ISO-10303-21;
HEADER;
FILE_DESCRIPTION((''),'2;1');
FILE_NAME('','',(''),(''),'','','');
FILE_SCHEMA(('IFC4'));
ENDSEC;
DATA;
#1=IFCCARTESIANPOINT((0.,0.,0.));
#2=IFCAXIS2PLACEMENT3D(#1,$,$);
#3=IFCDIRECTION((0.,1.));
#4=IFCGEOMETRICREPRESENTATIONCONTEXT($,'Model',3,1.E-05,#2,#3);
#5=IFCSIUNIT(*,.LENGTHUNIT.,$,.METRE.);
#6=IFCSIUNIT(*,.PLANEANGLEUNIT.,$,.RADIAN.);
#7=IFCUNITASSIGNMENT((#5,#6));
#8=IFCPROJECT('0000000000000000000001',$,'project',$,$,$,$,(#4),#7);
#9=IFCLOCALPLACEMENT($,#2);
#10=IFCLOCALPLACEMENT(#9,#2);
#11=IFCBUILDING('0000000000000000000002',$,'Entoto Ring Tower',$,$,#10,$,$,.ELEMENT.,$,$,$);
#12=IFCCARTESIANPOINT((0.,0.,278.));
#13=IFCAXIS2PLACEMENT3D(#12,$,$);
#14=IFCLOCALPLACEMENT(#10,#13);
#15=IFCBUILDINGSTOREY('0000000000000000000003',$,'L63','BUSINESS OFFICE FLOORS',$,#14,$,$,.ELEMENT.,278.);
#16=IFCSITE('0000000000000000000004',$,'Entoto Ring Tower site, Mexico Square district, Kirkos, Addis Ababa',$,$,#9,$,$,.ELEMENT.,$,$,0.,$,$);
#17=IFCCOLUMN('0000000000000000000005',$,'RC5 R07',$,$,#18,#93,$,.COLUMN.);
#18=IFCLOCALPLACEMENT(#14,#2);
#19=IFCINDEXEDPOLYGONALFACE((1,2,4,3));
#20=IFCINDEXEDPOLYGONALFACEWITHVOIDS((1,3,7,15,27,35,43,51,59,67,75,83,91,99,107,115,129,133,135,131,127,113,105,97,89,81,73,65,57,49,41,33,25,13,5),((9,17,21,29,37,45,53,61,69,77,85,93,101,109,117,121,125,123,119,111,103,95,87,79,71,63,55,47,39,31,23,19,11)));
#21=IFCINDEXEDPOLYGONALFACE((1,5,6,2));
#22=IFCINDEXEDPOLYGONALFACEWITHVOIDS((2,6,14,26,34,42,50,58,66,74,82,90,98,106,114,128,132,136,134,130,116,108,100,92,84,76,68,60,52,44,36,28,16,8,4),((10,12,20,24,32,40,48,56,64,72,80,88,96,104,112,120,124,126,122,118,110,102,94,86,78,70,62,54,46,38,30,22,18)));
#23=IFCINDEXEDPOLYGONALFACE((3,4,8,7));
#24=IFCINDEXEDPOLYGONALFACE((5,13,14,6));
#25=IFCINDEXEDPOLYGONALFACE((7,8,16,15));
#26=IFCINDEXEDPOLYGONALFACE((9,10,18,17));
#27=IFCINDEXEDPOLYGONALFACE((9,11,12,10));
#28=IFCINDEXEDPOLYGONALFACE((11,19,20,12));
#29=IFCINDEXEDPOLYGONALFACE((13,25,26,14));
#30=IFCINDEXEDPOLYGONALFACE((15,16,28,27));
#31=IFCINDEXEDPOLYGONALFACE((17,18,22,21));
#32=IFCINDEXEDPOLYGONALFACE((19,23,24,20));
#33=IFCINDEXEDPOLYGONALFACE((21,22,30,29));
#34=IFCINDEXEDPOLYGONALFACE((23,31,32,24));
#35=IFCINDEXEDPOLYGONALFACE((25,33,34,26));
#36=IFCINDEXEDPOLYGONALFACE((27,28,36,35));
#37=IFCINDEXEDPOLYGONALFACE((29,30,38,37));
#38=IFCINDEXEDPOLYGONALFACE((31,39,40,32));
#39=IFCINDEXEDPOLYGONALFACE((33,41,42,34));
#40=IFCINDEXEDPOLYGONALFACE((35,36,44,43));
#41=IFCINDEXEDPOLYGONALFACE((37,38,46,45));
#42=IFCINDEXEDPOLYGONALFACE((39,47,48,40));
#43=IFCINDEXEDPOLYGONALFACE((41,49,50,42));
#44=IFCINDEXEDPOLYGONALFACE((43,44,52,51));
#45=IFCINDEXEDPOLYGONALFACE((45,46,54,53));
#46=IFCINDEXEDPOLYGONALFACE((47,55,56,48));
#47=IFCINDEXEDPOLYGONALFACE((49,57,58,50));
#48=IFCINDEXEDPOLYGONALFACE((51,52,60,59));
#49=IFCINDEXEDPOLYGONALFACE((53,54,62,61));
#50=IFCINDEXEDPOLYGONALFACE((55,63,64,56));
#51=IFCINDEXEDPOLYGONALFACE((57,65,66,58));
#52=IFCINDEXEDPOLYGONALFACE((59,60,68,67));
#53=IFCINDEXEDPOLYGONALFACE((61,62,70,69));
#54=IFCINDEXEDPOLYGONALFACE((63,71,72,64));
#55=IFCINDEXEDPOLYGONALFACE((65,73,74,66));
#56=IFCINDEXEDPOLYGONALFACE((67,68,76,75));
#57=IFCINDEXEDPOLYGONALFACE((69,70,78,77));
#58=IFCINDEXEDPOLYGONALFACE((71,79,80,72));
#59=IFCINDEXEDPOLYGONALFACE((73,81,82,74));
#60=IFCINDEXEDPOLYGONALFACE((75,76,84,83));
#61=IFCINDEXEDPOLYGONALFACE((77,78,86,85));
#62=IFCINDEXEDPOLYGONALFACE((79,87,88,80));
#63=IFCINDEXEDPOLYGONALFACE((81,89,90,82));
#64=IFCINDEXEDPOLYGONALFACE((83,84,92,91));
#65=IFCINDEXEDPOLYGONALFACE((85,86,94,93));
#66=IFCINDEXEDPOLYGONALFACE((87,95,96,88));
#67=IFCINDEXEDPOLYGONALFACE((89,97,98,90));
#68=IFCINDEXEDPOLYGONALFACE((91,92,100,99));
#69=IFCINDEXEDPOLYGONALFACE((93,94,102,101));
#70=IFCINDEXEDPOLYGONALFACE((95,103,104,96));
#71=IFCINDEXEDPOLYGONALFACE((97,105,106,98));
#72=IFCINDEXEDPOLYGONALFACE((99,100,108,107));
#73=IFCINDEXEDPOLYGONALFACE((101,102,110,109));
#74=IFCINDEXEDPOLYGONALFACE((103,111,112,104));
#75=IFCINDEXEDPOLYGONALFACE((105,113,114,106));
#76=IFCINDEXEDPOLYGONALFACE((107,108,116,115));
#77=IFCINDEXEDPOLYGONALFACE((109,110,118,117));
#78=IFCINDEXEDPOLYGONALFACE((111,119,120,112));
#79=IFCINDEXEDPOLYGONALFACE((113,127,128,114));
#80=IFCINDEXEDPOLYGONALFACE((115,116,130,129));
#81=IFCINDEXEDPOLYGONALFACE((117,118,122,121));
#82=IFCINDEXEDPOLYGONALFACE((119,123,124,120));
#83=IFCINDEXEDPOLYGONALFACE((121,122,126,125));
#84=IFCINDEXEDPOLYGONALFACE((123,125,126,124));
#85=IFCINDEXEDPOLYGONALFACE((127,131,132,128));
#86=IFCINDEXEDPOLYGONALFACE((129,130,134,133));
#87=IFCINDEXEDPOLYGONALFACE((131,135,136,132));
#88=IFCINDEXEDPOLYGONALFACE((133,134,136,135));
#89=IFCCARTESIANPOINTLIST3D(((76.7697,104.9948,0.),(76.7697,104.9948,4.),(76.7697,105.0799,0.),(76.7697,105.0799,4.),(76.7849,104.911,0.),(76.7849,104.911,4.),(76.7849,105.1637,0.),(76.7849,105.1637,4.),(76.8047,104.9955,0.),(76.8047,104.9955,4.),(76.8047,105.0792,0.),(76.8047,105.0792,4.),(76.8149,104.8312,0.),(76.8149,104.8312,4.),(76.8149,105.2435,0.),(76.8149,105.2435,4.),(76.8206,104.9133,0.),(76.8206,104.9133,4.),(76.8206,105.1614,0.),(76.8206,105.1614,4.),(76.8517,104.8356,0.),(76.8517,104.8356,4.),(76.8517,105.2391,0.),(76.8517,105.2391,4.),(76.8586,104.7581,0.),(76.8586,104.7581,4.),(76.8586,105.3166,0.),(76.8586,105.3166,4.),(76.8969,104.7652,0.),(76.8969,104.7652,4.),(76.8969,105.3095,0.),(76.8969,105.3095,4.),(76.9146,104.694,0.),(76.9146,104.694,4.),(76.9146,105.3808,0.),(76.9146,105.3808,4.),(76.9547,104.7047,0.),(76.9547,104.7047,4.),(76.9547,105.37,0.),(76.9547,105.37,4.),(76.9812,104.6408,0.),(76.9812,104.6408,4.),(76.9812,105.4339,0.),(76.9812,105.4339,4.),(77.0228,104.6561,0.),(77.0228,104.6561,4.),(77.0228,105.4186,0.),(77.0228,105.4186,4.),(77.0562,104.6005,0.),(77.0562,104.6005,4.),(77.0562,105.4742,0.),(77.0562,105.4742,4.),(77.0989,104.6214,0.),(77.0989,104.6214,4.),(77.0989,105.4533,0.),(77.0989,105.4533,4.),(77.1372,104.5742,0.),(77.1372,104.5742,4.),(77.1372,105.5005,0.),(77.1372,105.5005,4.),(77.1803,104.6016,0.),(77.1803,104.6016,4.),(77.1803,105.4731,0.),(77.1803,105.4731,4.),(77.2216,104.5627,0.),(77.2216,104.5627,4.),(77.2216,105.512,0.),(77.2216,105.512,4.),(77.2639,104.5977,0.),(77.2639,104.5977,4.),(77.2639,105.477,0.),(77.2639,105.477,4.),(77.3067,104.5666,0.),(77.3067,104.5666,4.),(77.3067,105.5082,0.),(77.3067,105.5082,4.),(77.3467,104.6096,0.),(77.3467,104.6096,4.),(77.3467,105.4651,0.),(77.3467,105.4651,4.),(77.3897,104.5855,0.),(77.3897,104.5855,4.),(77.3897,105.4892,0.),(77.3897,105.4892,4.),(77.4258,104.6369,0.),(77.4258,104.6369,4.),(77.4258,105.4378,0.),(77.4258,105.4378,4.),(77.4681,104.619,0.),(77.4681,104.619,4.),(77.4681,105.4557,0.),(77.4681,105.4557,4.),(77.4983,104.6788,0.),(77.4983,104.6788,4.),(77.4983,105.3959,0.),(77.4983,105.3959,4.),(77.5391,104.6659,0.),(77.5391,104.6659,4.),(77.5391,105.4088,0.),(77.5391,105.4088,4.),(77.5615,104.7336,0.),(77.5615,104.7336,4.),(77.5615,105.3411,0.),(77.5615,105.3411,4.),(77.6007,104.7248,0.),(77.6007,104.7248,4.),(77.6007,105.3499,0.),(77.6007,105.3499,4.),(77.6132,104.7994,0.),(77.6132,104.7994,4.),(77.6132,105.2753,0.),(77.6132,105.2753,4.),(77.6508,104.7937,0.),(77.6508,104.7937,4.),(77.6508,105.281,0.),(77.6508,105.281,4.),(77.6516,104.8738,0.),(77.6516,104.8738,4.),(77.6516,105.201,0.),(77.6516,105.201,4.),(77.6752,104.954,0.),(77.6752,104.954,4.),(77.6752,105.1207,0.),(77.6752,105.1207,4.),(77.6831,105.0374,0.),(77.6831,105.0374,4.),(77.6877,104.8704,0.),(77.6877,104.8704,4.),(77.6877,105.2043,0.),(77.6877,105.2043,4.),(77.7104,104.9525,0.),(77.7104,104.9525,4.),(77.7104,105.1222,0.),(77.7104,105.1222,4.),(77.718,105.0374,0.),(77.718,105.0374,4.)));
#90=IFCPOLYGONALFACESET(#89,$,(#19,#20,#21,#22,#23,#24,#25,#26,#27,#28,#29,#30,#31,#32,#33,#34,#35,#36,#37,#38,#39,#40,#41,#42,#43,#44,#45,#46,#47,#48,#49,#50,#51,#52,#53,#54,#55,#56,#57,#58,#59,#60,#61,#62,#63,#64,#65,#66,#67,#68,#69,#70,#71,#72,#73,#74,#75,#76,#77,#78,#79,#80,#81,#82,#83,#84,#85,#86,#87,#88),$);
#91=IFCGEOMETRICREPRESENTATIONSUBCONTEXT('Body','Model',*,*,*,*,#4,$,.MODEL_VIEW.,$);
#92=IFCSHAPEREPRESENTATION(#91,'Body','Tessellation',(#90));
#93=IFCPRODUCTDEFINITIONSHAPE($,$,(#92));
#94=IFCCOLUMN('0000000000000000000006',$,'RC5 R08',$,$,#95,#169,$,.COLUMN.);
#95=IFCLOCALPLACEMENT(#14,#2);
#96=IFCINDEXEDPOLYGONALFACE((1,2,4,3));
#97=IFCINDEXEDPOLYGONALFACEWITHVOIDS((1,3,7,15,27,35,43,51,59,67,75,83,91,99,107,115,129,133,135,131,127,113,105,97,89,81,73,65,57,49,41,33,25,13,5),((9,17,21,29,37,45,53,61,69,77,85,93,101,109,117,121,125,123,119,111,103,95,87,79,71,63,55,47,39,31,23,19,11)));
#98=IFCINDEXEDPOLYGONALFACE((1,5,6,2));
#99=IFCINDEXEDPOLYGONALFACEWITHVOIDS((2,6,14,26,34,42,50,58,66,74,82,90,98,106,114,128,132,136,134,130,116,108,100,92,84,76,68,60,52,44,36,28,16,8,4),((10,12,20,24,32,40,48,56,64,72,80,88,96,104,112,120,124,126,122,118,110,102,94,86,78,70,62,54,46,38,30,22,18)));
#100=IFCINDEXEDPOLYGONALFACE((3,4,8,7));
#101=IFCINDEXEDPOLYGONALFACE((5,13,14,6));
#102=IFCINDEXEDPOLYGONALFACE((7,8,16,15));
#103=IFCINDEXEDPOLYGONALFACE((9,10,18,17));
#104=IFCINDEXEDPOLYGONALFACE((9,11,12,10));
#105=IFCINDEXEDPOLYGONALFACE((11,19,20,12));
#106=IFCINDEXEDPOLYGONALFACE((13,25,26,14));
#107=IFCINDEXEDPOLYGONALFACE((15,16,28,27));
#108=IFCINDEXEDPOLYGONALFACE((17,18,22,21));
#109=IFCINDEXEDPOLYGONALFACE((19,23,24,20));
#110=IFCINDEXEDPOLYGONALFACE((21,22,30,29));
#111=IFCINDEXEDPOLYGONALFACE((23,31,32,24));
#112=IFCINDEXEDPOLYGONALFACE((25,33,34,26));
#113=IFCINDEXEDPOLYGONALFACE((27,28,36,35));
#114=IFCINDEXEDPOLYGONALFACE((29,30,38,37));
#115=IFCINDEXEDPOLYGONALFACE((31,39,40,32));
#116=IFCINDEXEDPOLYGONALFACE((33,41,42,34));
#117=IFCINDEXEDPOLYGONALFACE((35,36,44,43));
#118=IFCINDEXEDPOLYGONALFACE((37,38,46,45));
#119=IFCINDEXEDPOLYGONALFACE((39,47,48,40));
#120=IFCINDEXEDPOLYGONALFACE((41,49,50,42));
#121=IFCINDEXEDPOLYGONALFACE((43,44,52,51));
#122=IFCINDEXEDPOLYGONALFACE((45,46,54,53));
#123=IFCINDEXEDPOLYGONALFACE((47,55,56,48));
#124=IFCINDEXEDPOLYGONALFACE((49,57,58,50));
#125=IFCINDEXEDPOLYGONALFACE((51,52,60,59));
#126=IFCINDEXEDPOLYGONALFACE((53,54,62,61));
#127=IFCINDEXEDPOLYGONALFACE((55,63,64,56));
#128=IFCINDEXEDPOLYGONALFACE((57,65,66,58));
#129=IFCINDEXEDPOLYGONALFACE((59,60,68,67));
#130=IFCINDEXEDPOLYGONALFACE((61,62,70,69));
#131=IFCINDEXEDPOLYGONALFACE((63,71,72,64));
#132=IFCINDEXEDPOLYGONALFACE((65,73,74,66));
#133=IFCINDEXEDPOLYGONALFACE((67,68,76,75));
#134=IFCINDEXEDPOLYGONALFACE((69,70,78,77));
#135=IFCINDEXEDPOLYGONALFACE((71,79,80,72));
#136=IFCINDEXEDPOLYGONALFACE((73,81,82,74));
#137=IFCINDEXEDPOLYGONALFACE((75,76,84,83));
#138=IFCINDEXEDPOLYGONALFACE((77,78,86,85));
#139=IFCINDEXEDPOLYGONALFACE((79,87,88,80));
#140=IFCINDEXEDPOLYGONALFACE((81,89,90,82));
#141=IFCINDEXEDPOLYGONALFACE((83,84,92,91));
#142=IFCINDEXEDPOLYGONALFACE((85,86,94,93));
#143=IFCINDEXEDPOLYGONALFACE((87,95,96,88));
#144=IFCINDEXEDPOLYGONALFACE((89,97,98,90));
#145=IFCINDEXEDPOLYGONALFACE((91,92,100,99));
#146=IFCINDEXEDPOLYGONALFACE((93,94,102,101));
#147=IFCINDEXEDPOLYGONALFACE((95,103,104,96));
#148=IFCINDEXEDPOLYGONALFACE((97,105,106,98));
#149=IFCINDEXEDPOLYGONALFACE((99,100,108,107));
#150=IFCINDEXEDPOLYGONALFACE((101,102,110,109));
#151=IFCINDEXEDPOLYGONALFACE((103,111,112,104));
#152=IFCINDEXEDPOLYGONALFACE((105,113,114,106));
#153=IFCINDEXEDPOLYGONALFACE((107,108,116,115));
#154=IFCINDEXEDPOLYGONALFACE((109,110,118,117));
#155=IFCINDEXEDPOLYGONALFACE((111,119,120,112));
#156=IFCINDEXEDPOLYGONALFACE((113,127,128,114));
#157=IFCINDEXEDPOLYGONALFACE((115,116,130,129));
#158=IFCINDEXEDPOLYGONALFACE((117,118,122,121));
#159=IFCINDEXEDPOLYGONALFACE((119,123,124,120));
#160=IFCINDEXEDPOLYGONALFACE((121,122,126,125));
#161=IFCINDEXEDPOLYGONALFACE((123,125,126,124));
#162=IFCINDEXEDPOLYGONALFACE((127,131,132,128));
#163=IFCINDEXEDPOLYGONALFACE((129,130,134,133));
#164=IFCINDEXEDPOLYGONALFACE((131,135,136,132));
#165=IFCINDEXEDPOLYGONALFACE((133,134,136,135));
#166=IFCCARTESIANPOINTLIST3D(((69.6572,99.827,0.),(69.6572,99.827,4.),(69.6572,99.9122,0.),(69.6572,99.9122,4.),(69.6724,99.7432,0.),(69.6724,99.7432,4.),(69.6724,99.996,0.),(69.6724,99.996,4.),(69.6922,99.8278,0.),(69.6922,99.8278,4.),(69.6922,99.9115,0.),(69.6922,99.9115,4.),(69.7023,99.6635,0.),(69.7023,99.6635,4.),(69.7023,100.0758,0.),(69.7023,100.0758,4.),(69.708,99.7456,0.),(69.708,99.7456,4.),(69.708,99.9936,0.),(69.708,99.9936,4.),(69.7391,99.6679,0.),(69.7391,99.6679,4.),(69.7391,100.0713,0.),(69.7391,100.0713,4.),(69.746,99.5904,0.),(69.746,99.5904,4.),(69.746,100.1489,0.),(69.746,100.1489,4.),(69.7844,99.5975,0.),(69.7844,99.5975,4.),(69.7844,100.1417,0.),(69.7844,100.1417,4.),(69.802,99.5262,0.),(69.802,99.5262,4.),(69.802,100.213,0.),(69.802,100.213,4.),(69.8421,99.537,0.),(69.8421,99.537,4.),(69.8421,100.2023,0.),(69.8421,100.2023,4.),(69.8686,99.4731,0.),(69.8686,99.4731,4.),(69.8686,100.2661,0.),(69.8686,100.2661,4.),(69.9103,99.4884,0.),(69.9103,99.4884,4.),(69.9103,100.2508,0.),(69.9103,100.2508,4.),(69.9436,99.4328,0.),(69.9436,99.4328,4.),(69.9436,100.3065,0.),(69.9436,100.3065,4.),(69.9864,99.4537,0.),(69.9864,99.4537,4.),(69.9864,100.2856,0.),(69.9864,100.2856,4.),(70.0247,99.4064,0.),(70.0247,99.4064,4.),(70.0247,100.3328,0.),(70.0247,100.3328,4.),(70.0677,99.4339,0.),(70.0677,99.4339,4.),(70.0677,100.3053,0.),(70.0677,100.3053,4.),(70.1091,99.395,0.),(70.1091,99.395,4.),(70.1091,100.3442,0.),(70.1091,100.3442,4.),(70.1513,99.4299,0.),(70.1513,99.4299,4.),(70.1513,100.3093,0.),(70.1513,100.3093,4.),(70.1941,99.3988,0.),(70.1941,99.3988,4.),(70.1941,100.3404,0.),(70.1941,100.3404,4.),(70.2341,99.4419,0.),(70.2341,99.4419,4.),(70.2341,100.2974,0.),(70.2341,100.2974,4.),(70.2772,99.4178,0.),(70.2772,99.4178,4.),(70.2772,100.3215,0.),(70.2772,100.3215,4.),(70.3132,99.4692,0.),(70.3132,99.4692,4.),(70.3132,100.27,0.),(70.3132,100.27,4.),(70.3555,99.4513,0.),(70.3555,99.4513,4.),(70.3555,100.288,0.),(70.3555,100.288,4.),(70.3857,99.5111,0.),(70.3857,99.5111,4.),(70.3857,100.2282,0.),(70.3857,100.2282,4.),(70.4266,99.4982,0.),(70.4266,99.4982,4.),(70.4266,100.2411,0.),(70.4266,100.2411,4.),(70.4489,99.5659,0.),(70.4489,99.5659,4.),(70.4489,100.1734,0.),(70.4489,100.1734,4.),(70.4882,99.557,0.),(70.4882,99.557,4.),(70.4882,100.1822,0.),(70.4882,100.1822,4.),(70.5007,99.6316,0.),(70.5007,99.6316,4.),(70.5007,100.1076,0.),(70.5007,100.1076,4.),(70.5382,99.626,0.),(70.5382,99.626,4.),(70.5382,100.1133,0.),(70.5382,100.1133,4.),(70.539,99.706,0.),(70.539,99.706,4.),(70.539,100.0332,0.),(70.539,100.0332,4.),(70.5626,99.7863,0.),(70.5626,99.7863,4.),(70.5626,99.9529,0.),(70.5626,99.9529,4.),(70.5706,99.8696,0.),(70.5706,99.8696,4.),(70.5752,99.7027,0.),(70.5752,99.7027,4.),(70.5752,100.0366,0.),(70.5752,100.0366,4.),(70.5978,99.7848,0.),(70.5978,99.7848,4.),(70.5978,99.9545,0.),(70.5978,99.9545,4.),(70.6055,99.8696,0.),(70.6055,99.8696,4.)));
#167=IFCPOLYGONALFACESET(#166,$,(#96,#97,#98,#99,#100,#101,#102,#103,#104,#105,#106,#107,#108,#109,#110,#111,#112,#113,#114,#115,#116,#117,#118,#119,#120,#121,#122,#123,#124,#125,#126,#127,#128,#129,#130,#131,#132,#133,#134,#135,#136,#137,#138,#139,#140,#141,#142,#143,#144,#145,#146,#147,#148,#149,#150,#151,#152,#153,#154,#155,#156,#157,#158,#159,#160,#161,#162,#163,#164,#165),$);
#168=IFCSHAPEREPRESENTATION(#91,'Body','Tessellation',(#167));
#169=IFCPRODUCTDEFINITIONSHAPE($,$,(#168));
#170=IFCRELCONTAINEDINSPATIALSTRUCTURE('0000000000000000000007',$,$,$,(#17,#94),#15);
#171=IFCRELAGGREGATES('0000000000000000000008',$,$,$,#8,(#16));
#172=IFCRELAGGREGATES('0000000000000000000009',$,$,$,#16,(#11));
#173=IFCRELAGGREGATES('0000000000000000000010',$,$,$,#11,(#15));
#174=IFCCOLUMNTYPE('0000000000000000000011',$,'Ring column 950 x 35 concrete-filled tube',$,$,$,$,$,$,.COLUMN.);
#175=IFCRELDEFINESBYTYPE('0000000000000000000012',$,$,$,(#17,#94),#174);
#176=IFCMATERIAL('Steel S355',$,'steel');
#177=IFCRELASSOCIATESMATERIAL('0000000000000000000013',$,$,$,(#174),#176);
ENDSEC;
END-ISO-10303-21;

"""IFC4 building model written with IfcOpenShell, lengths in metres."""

from ifc_helpers import new_model, si_unit, direction, frame, origin, origin_2d, place, context, subcontext, project, spatial, circle, hollow_circle, extrude, material, material_profile, profile_set, type_object, element, save


model = new_model("IFC4")

# Units and contexts
model_context = context("Model", 3, precision=1e-05, world=origin(), true_north=direction((0.0, 1.0)))
body_context = subcontext(model_context, "Body", "Model", "MODEL_VIEW")
ifc_project = project(units=[si_unit("LENGTHUNIT", "METRE"), si_unit("PLANEANGLEUNIT", "RADIAN")], contexts=[model_context])

# Site, building, storey
site_placement = place(None, origin())
site = spatial("IfcSite", under=ifc_project, at=site_placement, Name="Entoto Ring Tower site, Mexico Square district, Kirkos, Addis Ababa", CompositionType="ELEMENT", RefElevation=0.0)
building_placement = place(site_placement, origin())
building = spatial("IfcBuilding", under=site, at=building_placement, Name="Entoto Ring Tower", CompositionType="ELEMENT")
storey_placement = place(building_placement, frame((0.0, 0.0, 278.0)))
storey = spatial("IfcBuildingStorey", under=building, at=storey_placement, Name="L63", Description="BUSINESS OFFICE FLOORS", CompositionType="ELEMENT", Elevation=278.0)

# Columns
ifc_material_1 = material(Name="Steel S355", Category="steel")
ifc_material_profile_1 = material_profile(ifc_material_1, hollow_circle(Radius=0.4751, WallThickness=0.0349, at=origin_2d()), Name="CHS 950 x 35")
ifc_material_2 = material(Name="Concrete C60/75", Category="concrete")
ifc_material_profile_2 = material_profile(ifc_material_2, circle(Radius=0.4399, at=origin_2d()), Name="Concrete C60/75 infill")
ifc_profile_set_1 = profile_set([ifc_material_profile_1, ifc_material_profile_2], Name="Steel S355")
column_type = type_object("IfcColumnType", Name="Ring column 950 x 35 concrete-filled tube", PredefinedType="COLUMN", material=ifc_profile_set_1)
for number, where, z_axis, x_axis, name in (
    (1, (77.2429, 105.0374, 0.0), (0.0, 0.0, 1.0), (1.0, 0.0, 0.0), "RC5 R07"),
    (2, (70.1304, 99.8696, 0.0), (0.0, 0.0, 1.0), (1.0, 0.0, 0.0), "RC5 R08"),
):
    element("IfcColumn", number, at=place(storey_placement, frame(where, z_axis=z_axis, x_axis=x_axis)), inside=storey, type_object=column_type, Name=name, PredefinedType="COLUMN", context=body_context, shape_type="SweptSolid", body=[
        extrude(hollow_circle(Radius=0.4751, WallThickness=0.0349, at=origin_2d()), origin(), (0.0, 0.0, 1.0), 4.0),
    ])

save(model, "model.ifc")
